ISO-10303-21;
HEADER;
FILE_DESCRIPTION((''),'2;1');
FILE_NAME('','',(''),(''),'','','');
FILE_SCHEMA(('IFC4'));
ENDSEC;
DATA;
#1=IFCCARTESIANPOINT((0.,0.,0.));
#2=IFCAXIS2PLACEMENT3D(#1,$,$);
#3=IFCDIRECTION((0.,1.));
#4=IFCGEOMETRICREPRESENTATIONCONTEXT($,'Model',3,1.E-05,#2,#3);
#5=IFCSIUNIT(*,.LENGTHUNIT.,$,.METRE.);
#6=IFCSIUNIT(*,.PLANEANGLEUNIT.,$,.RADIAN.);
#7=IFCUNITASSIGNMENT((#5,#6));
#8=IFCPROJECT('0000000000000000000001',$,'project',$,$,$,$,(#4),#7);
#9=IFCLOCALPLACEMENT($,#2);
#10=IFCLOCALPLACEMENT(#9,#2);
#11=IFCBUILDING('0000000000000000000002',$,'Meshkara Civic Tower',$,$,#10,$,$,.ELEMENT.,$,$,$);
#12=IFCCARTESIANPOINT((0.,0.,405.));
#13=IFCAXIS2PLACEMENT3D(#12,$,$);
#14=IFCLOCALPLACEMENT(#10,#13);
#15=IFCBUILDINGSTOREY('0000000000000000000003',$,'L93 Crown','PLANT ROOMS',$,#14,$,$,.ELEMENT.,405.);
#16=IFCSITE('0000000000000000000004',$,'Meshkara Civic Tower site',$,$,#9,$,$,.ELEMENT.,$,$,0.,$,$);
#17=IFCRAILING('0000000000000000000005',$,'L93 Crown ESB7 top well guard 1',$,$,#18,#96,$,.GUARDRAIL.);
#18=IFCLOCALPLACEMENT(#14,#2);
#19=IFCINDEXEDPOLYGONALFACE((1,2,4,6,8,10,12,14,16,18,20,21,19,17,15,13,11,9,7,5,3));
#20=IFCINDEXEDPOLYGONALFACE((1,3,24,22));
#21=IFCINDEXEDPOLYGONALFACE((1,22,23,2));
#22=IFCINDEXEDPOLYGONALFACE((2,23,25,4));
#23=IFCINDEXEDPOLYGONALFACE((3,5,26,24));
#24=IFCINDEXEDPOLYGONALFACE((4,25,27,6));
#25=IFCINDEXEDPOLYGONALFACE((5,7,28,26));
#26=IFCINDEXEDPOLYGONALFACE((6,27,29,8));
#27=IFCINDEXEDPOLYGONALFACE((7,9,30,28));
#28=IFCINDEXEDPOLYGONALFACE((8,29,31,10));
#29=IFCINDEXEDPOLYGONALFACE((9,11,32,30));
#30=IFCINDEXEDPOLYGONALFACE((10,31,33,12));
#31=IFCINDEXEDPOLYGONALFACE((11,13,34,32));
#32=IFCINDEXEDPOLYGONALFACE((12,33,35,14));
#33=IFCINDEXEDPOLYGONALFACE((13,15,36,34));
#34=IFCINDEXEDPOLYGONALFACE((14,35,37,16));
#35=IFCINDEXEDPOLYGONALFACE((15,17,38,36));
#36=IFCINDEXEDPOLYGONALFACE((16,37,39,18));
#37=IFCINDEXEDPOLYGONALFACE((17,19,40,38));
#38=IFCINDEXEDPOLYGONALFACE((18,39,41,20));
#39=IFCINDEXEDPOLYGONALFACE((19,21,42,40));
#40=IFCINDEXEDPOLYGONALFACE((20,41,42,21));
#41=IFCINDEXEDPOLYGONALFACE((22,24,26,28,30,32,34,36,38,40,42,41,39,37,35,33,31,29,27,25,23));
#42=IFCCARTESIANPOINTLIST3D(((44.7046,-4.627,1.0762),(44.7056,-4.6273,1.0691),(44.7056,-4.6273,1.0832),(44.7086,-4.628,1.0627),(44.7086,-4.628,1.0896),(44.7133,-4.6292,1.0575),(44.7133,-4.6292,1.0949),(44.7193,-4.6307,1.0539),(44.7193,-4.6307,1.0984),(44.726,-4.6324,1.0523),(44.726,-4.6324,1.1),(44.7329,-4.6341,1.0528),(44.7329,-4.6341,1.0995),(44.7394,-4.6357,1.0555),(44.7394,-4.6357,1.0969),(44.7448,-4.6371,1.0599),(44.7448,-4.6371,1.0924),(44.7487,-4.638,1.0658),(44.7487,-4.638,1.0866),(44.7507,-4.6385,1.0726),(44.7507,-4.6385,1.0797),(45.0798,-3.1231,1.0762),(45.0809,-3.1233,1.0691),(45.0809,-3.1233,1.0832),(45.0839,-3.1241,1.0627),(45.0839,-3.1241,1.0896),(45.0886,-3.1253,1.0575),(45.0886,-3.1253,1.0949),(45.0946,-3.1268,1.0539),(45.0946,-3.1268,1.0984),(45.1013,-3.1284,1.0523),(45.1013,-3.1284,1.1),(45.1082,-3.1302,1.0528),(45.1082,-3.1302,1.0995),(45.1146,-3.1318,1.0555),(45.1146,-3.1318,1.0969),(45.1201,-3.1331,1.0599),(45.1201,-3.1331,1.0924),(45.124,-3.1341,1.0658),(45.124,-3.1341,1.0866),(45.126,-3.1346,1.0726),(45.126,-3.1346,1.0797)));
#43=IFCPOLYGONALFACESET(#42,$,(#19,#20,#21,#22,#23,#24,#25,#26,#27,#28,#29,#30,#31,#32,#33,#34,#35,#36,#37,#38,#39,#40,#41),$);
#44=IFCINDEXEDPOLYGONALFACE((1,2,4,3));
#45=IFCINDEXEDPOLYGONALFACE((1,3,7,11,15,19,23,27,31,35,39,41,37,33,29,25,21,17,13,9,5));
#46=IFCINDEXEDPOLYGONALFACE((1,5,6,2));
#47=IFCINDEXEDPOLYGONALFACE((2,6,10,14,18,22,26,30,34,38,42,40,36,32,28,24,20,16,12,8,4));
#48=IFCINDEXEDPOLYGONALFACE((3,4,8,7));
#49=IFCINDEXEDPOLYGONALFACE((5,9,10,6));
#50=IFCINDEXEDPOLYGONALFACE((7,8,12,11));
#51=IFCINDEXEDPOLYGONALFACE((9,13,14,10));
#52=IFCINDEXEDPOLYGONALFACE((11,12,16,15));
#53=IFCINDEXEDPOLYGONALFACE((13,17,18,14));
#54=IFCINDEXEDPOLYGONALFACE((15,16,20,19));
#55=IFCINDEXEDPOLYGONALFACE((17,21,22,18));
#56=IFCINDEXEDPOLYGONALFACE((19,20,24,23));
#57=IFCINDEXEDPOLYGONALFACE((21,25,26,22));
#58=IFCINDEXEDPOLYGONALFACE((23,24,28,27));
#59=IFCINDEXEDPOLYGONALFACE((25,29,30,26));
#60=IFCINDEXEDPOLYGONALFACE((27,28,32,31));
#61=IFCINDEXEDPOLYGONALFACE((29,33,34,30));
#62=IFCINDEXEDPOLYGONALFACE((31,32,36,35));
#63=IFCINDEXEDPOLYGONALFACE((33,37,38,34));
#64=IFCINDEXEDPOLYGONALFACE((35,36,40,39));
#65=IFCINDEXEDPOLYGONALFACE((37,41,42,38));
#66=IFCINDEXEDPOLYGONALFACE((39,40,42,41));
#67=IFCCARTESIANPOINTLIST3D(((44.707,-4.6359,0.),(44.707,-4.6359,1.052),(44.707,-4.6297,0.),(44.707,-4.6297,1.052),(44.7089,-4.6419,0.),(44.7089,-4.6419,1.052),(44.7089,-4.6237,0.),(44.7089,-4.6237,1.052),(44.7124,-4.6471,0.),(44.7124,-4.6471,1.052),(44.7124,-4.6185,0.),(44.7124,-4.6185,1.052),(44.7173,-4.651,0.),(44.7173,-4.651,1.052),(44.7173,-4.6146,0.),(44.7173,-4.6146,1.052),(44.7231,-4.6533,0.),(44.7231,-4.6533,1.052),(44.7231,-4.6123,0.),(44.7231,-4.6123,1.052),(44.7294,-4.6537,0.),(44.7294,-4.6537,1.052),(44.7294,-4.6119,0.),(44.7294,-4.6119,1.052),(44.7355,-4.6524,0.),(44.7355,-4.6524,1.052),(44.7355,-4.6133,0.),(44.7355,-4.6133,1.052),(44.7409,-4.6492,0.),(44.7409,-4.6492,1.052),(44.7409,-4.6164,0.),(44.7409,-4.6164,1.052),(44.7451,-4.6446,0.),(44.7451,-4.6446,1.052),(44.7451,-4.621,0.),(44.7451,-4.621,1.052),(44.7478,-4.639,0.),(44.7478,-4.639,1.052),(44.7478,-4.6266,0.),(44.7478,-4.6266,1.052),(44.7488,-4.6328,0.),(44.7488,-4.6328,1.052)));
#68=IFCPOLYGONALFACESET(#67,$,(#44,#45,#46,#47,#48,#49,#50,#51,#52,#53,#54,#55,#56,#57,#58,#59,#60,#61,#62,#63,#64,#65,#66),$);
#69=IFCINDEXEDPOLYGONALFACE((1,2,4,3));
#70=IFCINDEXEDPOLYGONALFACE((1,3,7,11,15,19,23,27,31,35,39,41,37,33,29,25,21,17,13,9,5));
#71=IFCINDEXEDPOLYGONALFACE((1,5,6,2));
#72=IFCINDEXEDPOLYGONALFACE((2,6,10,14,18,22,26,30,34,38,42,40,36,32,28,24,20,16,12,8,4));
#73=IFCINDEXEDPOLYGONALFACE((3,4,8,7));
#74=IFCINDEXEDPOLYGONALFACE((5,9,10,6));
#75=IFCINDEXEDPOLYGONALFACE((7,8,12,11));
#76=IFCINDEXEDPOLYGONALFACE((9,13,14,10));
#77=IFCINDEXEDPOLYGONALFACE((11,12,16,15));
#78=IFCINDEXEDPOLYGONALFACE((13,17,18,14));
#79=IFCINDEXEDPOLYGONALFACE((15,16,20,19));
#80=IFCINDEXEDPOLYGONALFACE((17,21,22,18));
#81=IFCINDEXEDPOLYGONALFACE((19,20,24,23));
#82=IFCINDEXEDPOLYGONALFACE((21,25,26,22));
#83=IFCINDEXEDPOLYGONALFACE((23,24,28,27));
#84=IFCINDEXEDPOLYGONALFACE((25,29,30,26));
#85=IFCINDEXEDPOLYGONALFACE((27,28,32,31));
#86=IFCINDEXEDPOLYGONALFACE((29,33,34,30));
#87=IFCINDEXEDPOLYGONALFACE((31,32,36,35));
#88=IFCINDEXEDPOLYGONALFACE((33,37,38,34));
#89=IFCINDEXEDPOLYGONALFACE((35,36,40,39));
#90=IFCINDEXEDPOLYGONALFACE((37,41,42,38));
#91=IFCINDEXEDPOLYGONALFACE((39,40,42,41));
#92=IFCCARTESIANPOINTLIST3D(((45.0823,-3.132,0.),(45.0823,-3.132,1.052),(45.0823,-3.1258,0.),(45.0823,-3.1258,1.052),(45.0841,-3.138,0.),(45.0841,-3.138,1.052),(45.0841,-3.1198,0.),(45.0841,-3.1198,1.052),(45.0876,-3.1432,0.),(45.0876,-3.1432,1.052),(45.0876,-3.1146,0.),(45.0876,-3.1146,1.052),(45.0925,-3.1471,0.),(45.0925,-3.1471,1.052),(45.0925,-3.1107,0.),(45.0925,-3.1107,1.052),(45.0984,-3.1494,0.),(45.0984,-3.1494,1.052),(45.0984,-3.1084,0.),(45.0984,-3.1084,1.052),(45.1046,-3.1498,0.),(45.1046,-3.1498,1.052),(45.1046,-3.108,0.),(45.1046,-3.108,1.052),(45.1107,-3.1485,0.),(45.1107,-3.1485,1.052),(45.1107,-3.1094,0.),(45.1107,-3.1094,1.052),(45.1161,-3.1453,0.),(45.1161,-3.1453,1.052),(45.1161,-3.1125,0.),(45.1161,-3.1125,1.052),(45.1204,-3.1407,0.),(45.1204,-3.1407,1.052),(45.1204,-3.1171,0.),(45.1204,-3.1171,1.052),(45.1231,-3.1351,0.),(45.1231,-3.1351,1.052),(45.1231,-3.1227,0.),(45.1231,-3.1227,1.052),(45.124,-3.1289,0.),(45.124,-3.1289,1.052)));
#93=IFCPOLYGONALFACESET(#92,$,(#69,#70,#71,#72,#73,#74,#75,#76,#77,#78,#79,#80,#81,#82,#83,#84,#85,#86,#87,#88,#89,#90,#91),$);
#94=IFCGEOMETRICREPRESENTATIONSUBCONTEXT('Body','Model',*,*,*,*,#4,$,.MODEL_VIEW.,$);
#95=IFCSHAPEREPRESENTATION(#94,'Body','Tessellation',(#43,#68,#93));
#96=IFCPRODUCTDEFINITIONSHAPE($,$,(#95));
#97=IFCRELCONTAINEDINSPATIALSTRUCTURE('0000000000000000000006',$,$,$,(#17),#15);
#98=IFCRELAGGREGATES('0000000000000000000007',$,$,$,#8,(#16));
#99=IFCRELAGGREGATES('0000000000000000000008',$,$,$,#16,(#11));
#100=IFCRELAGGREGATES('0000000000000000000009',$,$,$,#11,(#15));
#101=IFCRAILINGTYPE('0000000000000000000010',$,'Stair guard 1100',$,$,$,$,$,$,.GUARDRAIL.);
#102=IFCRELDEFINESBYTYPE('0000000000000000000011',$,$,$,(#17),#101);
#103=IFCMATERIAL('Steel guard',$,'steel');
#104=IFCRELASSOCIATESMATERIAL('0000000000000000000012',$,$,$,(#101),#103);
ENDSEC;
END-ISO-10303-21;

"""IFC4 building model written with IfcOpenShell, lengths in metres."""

from ifc_helpers import new_model, si_unit, direction, frame, origin, origin_2d, place, context, subcontext, project, spatial, circle, extrude, material, type_object, element, save


model = new_model("IFC4")

# Units and contexts
model_context = context("Model", 3, precision=1e-05, world=origin(), true_north=direction((0.0, 1.0)))
body_context = subcontext(model_context, "Body", "Model", "MODEL_VIEW")
ifc_project = project(units=[si_unit("LENGTHUNIT", "METRE"), si_unit("PLANEANGLEUNIT", "RADIAN")], contexts=[model_context])

# Site, building, storey
site_placement = place(None, origin())
site = spatial("IfcSite", under=ifc_project, at=site_placement, Name="Meshkara Civic Tower site", CompositionType="ELEMENT", RefElevation=0.0)
building_placement = place(site_placement, origin())
building = spatial("IfcBuilding", under=site, at=building_placement, Name="Meshkara Civic Tower", CompositionType="ELEMENT")
storey_placement = place(building_placement, frame((0.0, 0.0, 405.0)))
storey = spatial("IfcBuildingStorey", under=building, at=storey_placement, Name="L93 Crown", Description="PLANT ROOMS", CompositionType="ELEMENT", Elevation=405.0)

# Railing
ifc_material_1 = material(Name="Steel guard", Category="steel")
railing_type = type_object("IfcRailingType", Name="Stair guard 1100", PredefinedType="GUARDRAIL", material=ifc_material_1)
railing_placement = place(storey_placement, frame((44.7278, -4.6328, 0.0)))
element("IfcRailing", 1, at=railing_placement, inside=storey, type_object=railing_type, Name="L93 Crown ESB7 top well guard 1", PredefinedType="GUARDRAIL", context=body_context, shape_type="SweptSolid", body=[
    extrude(circle(Radius=0.0239, at=origin_2d()), frame((0.0, 0.0, 1.0762), z_axis=(0.242091, 0.970254, 0.0), x_axis=(-0.970254, 0.242091, 0.0)), (0.0, 0.0, 1.0), 1.55),
    extrude(circle(Radius=0.021, at=origin_2d()), origin(), (0.0, 0.0, 1.0), 1.052),
    extrude(circle(Radius=0.021, at=origin_2d()), frame((0.3752, 1.5039, 0.0)), (0.0, 0.0, 1.0), 1.052),
])

save(model, "model.ifc")
